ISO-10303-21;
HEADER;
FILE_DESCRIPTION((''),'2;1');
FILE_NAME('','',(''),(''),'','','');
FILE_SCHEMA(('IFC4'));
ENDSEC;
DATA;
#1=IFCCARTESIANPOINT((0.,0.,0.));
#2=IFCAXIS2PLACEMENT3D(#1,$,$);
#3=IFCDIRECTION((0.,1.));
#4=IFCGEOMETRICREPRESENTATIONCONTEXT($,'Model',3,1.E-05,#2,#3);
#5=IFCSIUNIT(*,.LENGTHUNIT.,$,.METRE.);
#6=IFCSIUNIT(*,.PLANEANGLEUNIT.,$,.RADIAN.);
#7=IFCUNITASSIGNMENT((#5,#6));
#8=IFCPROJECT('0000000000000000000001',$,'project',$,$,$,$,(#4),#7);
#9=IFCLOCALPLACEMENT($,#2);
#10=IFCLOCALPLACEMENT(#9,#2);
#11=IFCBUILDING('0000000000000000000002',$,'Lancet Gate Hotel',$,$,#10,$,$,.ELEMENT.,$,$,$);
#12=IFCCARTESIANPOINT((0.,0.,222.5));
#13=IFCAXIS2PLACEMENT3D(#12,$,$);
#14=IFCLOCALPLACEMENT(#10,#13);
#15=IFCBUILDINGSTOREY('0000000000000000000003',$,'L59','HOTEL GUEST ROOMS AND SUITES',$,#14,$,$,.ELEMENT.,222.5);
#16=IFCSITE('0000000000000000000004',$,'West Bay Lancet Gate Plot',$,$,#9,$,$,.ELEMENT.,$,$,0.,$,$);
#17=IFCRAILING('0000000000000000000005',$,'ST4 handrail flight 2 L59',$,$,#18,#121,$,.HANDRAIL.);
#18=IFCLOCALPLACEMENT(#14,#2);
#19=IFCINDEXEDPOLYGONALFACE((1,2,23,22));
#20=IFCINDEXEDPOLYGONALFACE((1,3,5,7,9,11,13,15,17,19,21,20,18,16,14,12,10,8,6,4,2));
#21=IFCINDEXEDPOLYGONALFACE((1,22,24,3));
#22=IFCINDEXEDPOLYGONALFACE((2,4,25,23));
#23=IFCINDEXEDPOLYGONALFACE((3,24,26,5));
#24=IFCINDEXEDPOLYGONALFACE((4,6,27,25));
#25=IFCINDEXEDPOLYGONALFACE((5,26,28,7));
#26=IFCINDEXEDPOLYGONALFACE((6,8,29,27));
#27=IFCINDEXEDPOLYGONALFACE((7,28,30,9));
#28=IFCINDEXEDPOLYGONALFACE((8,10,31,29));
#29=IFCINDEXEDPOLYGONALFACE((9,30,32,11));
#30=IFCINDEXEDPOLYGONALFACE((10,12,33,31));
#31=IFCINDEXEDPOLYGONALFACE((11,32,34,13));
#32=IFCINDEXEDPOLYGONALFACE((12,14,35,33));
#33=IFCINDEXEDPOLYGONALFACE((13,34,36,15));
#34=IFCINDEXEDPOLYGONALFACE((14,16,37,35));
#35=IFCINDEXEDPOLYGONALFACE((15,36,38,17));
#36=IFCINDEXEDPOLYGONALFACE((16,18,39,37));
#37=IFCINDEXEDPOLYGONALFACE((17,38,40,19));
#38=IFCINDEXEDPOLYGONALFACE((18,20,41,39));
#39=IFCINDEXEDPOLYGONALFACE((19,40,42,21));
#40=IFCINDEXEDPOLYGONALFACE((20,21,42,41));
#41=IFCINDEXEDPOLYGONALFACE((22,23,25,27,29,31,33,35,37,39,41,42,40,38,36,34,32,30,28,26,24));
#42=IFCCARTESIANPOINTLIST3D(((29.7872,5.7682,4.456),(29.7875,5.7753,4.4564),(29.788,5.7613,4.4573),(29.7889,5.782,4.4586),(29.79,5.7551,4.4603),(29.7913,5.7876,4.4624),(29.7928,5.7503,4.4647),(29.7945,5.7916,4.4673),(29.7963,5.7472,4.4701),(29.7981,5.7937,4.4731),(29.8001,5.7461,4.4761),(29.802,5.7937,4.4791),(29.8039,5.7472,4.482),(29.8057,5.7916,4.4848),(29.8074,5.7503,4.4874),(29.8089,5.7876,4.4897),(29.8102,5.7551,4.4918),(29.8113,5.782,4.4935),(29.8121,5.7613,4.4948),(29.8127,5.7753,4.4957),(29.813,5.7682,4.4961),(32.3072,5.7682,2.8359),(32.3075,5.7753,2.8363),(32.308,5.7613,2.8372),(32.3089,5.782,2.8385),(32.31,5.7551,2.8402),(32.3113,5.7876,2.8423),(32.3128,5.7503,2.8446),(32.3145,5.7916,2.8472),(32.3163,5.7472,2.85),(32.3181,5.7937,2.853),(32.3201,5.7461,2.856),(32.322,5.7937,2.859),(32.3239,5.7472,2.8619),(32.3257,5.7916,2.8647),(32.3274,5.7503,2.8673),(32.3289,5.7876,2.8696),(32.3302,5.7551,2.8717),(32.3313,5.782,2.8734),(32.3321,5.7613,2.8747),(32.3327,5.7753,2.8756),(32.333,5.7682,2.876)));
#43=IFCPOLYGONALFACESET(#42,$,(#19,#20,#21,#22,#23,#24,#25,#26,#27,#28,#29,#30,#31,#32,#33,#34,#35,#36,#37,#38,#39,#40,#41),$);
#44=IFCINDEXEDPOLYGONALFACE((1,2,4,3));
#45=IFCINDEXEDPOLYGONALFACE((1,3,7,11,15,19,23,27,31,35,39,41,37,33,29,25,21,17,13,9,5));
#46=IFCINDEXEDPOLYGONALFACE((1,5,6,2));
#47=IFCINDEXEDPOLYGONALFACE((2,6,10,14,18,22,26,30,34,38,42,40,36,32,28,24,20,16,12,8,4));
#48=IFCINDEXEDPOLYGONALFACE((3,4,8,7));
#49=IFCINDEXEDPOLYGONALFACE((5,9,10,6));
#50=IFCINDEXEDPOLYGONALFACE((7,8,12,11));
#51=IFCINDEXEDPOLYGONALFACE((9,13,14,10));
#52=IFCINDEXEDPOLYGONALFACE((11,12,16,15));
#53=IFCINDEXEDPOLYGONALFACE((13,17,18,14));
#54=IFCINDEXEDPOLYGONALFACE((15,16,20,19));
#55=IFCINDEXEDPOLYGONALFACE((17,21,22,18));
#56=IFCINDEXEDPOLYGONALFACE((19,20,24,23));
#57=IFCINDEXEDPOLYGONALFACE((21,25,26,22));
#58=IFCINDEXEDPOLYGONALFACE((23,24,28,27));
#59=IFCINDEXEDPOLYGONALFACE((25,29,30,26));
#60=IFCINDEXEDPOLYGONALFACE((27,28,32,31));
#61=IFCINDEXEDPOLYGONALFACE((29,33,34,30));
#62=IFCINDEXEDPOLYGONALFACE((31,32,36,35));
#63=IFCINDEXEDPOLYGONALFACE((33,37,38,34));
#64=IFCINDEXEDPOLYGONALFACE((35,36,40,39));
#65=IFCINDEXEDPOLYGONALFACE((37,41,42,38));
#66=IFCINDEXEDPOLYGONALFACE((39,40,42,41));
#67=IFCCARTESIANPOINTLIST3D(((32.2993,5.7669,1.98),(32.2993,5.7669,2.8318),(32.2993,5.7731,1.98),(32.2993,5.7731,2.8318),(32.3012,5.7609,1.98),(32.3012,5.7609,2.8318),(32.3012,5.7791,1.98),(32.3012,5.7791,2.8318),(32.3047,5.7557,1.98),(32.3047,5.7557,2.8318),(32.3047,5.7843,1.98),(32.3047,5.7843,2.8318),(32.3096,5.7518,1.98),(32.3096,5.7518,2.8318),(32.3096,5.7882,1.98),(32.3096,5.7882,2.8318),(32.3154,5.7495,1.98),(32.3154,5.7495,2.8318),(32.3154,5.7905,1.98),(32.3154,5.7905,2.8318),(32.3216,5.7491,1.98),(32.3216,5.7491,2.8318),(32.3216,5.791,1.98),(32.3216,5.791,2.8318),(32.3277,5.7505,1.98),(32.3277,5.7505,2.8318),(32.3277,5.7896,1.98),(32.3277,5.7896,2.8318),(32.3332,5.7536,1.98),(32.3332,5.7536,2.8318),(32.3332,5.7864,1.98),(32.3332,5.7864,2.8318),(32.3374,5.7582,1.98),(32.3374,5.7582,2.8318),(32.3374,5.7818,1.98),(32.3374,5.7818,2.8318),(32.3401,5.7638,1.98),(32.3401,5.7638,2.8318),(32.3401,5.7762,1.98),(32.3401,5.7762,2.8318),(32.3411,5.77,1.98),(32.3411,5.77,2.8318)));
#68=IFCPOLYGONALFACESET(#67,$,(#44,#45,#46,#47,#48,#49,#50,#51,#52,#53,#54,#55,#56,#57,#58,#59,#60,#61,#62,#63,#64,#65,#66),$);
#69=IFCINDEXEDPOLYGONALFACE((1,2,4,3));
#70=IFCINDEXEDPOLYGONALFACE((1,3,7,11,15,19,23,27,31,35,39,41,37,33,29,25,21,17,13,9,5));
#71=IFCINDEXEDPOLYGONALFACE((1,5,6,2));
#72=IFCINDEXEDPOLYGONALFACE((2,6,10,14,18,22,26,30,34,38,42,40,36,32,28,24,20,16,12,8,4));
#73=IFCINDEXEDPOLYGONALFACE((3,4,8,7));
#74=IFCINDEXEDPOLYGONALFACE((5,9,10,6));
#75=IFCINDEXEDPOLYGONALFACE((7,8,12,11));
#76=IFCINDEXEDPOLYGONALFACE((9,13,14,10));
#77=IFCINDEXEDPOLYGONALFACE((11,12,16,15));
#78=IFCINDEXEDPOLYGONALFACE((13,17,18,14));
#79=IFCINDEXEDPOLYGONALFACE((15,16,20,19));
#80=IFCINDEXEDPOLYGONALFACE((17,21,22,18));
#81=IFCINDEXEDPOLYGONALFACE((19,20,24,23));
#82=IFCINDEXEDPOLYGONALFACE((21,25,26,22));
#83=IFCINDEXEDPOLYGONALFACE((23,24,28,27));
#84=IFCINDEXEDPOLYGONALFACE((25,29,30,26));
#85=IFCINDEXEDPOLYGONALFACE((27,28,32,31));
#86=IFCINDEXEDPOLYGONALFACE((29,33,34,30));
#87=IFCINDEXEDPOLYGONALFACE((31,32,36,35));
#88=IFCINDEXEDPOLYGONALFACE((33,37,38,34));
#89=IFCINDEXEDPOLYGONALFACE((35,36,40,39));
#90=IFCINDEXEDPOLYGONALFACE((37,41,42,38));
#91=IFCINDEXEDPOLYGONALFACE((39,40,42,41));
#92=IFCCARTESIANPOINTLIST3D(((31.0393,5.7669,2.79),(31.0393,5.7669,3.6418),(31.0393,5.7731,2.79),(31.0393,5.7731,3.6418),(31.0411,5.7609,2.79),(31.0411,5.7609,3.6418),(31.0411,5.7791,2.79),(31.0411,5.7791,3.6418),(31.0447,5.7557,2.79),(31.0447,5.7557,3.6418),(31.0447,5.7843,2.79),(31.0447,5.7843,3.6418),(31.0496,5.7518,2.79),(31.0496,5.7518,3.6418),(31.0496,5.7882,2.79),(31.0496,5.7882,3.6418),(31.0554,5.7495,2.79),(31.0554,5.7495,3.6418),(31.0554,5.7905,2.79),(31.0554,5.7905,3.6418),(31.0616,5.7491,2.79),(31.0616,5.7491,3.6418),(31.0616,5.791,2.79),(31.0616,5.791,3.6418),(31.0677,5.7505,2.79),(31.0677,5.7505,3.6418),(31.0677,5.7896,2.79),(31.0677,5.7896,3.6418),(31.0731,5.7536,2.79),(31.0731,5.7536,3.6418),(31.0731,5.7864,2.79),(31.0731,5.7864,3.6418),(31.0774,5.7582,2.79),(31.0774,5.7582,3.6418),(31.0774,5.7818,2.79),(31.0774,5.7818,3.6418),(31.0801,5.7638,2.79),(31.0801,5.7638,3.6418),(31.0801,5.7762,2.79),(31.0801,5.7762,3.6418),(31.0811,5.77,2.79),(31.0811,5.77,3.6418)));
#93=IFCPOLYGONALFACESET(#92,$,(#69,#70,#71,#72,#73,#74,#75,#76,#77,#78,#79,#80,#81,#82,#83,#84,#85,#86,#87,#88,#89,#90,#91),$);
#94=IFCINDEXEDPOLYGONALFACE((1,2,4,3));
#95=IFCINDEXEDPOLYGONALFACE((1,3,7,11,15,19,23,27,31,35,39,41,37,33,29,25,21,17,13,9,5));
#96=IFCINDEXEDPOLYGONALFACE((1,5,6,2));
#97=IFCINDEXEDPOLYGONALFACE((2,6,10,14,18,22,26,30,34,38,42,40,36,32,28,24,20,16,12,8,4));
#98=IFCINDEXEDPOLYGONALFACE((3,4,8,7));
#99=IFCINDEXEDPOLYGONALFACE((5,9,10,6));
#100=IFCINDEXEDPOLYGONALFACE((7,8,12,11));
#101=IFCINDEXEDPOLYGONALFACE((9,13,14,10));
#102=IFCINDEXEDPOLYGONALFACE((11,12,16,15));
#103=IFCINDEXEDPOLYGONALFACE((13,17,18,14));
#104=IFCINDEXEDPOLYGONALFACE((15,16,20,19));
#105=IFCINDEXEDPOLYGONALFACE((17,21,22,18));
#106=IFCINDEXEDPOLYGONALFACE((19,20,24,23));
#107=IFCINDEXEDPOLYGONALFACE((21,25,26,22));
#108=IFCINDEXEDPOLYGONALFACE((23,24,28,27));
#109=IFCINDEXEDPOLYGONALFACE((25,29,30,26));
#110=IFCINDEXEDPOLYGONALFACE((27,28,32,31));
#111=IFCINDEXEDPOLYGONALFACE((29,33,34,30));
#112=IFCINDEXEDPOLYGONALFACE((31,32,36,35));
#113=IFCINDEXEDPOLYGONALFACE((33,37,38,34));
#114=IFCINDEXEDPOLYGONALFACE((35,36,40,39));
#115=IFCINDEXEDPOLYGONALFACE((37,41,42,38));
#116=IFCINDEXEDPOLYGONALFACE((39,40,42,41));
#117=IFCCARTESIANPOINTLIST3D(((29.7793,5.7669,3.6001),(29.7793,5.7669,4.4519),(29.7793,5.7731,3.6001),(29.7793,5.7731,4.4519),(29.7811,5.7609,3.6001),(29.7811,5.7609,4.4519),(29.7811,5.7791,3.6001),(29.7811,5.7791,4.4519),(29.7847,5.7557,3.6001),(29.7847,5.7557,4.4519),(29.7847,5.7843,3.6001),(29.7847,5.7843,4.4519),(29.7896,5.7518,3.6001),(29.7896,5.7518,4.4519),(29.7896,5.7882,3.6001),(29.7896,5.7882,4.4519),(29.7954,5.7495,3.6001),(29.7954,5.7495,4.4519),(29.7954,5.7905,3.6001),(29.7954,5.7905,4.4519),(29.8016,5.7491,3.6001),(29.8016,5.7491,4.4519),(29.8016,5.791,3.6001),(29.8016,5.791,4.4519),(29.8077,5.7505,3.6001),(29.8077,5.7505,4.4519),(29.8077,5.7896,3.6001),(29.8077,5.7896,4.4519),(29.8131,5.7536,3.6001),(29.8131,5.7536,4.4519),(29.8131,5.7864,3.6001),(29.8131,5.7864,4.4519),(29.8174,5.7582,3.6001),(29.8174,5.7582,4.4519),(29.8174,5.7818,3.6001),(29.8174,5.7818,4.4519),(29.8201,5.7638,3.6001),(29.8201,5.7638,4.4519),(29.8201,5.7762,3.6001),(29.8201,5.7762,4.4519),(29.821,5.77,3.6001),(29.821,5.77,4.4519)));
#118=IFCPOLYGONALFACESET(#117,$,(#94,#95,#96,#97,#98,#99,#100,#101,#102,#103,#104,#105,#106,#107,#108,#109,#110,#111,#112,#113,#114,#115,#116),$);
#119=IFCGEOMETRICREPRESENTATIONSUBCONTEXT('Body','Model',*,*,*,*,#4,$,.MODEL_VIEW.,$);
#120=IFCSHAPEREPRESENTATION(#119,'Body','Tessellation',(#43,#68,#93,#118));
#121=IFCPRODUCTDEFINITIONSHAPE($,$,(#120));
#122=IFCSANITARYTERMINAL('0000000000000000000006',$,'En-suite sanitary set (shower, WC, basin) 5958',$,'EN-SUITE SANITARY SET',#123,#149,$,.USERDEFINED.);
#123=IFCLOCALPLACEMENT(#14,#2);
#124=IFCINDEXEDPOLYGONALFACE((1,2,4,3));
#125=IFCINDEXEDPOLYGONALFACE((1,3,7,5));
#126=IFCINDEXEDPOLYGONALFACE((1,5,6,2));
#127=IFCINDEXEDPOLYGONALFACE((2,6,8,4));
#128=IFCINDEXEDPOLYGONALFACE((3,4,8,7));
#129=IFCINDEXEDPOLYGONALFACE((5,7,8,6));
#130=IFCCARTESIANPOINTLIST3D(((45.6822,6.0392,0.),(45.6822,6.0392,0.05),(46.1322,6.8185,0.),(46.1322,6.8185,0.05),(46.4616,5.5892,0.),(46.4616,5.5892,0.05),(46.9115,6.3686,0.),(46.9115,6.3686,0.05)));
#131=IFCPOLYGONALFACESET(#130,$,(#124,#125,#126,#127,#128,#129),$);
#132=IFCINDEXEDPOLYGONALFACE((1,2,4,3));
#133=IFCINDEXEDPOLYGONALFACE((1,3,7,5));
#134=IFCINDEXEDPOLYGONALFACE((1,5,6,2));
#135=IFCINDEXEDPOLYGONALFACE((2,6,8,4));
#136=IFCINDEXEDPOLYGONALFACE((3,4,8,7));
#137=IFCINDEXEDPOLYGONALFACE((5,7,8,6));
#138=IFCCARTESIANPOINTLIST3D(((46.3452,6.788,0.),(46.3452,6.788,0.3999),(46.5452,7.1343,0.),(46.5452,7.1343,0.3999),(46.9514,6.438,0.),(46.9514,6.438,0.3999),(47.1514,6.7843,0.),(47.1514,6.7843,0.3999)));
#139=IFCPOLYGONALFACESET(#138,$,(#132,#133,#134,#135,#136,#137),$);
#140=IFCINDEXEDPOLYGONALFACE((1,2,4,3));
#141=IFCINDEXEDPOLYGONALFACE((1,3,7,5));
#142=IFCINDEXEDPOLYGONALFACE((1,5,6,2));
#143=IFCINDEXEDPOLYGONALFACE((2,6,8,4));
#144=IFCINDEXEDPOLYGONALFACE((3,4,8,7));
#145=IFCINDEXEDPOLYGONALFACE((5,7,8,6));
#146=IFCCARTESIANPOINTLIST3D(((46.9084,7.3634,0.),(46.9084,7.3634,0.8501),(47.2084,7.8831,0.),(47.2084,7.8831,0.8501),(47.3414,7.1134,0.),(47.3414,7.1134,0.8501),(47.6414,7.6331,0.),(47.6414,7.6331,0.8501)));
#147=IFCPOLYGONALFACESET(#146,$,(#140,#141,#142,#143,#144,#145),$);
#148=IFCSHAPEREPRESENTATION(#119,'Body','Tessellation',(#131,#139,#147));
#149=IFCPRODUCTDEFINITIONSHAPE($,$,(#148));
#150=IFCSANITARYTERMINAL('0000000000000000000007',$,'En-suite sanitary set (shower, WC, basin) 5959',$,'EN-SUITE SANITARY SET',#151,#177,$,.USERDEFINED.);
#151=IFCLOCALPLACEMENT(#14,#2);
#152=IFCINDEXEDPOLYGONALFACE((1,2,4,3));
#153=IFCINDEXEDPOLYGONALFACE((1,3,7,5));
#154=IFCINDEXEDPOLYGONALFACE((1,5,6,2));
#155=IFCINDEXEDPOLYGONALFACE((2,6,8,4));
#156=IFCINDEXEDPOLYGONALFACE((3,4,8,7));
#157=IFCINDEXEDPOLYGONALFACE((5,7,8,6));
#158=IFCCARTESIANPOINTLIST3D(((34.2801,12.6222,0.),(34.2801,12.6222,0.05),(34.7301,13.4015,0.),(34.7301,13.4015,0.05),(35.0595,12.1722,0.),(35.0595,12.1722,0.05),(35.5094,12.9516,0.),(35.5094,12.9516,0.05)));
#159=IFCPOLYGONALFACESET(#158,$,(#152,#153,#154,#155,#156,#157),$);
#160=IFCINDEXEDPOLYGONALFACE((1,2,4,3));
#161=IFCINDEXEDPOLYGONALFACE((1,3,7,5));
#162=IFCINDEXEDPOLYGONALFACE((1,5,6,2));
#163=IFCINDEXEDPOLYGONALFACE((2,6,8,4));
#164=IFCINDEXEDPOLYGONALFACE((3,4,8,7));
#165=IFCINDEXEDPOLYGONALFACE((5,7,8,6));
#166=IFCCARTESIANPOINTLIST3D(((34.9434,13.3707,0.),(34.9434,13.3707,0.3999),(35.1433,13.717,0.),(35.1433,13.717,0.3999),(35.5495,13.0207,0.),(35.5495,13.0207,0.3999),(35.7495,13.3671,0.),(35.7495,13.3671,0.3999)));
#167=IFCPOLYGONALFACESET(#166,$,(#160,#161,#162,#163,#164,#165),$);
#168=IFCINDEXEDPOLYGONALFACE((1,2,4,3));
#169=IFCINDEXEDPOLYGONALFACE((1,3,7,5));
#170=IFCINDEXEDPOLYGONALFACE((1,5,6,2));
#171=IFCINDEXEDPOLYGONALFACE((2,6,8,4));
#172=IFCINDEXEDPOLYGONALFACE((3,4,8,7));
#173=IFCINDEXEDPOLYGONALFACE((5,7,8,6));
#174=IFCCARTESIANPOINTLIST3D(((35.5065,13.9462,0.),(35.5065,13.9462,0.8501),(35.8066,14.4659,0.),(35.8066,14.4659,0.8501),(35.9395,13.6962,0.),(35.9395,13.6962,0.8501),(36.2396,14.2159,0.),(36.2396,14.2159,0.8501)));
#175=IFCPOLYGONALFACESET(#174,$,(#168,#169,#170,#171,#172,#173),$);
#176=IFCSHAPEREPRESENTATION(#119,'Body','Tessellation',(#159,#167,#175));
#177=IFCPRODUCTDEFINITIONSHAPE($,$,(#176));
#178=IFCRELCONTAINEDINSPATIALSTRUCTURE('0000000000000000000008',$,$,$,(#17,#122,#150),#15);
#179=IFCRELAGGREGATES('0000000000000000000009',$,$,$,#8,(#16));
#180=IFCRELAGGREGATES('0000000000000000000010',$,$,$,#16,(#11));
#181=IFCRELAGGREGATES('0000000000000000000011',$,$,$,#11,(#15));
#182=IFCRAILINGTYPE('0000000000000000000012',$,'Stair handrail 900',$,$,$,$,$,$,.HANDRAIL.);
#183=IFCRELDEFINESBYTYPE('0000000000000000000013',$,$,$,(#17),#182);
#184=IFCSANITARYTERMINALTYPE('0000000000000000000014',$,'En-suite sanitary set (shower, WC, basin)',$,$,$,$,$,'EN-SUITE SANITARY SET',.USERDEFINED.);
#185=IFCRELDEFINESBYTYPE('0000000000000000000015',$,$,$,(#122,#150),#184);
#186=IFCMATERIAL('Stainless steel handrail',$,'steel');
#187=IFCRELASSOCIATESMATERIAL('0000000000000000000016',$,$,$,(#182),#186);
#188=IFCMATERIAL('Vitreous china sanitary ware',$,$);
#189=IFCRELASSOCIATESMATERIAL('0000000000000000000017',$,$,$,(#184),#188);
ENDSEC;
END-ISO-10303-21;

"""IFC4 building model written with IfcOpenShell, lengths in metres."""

from ifc_helpers import new_model, si_unit, direction, frame, origin, origin_2d, place, context, subcontext, project, spatial, rectangle, circle, extrude, material, type_object, element, save


model = new_model("IFC4")

# Units and contexts
model_context = context("Model", 3, precision=1e-05, world=origin(), true_north=direction((0.0, 1.0)))
body_context = subcontext(model_context, "Body", "Model", "MODEL_VIEW")
ifc_project = project(units=[si_unit("LENGTHUNIT", "METRE"), si_unit("PLANEANGLEUNIT", "RADIAN")], contexts=[model_context])

# Site, building, storey
site_placement = place(None, origin())
site = spatial("IfcSite", under=ifc_project, at=site_placement, Name="West Bay Lancet Gate Plot", CompositionType="ELEMENT", RefElevation=0.0)
building_placement = place(site_placement, origin())
building = spatial("IfcBuilding", under=site, at=building_placement, Name="Lancet Gate Hotel", CompositionType="ELEMENT")
storey_placement = place(building_placement, frame((0.0, 0.0, 222.5)))
storey = spatial("IfcBuildingStorey", under=building, at=storey_placement, Name="L59", Description="HOTEL GUEST ROOMS AND SUITES", CompositionType="ELEMENT", Elevation=222.5)

# Railing
ifc_material_1 = material(Name="Stainless steel handrail", Category="steel")
railing_type = type_object("IfcRailingType", Name="Stair handrail 900", PredefinedType="HANDRAIL", material=ifc_material_1)
railing_1_placement = place(storey_placement, frame((32.3201, 5.77, 1.98)))
element("IfcRailing", 1, at=railing_1_placement, inside=storey, type_object=railing_type, Name="ST4 handrail flight 2 L59", PredefinedType="HANDRAIL", context=body_context, shape_type="SweptSolid", body=[
    extrude(circle(Radius=0.0239, at=origin_2d()), frame((0.0, 0.0, 0.876), z_axis=(-0.841163, 0.0, 0.540782), x_axis=(0.0, -1.0, 0.0)), (0.0, 0.0, 1.0), 2.9958),
    extrude(circle(Radius=0.021, at=origin_2d()), origin(), (0.0, 0.0, 1.0), 0.8518),
    extrude(circle(Radius=0.021, at=origin_2d()), frame((-1.26, 0.0, 0.8101)), (0.0, 0.0, 1.0), 0.8518),
    extrude(circle(Radius=0.021, at=origin_2d()), frame((-2.52, 0.0, 1.6201)), (0.0, 0.0, 1.0), 0.8518),
])

# Sanitary terminals
ifc_material_2 = material(Name="Vitreous china sanitary ware")
sanitary_terminal_type = type_object("IfcSanitaryTerminalType", Name="En-suite sanitary set (shower, WC, basin)", ElementType="EN-SUITE SANITARY SET", PredefinedType="USERDEFINED", material=ifc_material_2)
sanitary_terminal_1_placement = place(storey_placement, frame((46.2969, 6.2039, 0.0), z_axis=(0.0, 0.0, 1.0), x_axis=(1.0, 0.0, 0.0)))
element("IfcSanitaryTerminal", 2, at=sanitary_terminal_1_placement, inside=storey, type_object=sanitary_terminal_type, Name="En-suite sanitary set (shower, WC, basin) 5958", ObjectType="EN-SUITE SANITARY SET", PredefinedType="USERDEFINED", context=body_context, shape_type="SweptSolid", body=[
    extrude(rectangle(XDim=0.8999, YDim=0.8999, at=origin_2d()), frame((0.0, 0.0, 0.0), z_axis=(0.0, 0.0, 1.0), x_axis=(-0.5, -0.866025, 0.0)), (0.0, 0.0, 1.0), 0.05),
    extrude(rectangle(XDim=0.3999, YDim=0.7, at=origin_2d()), frame((0.4514, 0.5823, 0.0), z_axis=(0.0, 0.0, 1.0), x_axis=(-0.5, -0.866025, 0.0)), (0.0, 0.0, 1.0), 0.3999),
    extrude(rectangle(XDim=0.6001, YDim=0.5, at=origin_2d()), frame((0.978, 1.2944, 0.0), z_axis=(0.0, 0.0, 1.0), x_axis=(-0.5, -0.866025, 0.0)), (0.0, 0.0, 1.0), 0.8501),
])
sanitary_terminal_2_placement = place(storey_placement, frame((34.8948, 12.7869, 0.0), z_axis=(0.0, 0.0, 1.0), x_axis=(1.0, 0.0, 0.0)))
element("IfcSanitaryTerminal", 3, at=sanitary_terminal_2_placement, inside=storey, type_object=sanitary_terminal_type, Name="En-suite sanitary set (shower, WC, basin) 5959", ObjectType="EN-SUITE SANITARY SET", PredefinedType="USERDEFINED", context=body_context, shape_type="SweptSolid", body=[
    extrude(rectangle(XDim=0.8999, YDim=0.8999, at=origin_2d()), frame((0.0, 0.0, 0.0), z_axis=(0.0, 0.0, 1.0), x_axis=(-0.5, -0.866025, 0.0)), (0.0, 0.0, 1.0), 0.05),
    extrude(rectangle(XDim=0.3999, YDim=0.7, at=origin_2d()), frame((0.4517, 0.582, 0.0), z_axis=(0.0, 0.0, 1.0), x_axis=(-0.5, -0.866025, 0.0)), (0.0, 0.0, 1.0), 0.3999),
    extrude(rectangle(XDim=0.6001, YDim=0.5, at=origin_2d()), frame((0.9783, 1.2942, 0.0), z_axis=(0.0, 0.0, 1.0), x_axis=(-0.5, -0.866025, 0.0)), (0.0, 0.0, 1.0), 0.8501),
])

save(model, "model.ifc")
